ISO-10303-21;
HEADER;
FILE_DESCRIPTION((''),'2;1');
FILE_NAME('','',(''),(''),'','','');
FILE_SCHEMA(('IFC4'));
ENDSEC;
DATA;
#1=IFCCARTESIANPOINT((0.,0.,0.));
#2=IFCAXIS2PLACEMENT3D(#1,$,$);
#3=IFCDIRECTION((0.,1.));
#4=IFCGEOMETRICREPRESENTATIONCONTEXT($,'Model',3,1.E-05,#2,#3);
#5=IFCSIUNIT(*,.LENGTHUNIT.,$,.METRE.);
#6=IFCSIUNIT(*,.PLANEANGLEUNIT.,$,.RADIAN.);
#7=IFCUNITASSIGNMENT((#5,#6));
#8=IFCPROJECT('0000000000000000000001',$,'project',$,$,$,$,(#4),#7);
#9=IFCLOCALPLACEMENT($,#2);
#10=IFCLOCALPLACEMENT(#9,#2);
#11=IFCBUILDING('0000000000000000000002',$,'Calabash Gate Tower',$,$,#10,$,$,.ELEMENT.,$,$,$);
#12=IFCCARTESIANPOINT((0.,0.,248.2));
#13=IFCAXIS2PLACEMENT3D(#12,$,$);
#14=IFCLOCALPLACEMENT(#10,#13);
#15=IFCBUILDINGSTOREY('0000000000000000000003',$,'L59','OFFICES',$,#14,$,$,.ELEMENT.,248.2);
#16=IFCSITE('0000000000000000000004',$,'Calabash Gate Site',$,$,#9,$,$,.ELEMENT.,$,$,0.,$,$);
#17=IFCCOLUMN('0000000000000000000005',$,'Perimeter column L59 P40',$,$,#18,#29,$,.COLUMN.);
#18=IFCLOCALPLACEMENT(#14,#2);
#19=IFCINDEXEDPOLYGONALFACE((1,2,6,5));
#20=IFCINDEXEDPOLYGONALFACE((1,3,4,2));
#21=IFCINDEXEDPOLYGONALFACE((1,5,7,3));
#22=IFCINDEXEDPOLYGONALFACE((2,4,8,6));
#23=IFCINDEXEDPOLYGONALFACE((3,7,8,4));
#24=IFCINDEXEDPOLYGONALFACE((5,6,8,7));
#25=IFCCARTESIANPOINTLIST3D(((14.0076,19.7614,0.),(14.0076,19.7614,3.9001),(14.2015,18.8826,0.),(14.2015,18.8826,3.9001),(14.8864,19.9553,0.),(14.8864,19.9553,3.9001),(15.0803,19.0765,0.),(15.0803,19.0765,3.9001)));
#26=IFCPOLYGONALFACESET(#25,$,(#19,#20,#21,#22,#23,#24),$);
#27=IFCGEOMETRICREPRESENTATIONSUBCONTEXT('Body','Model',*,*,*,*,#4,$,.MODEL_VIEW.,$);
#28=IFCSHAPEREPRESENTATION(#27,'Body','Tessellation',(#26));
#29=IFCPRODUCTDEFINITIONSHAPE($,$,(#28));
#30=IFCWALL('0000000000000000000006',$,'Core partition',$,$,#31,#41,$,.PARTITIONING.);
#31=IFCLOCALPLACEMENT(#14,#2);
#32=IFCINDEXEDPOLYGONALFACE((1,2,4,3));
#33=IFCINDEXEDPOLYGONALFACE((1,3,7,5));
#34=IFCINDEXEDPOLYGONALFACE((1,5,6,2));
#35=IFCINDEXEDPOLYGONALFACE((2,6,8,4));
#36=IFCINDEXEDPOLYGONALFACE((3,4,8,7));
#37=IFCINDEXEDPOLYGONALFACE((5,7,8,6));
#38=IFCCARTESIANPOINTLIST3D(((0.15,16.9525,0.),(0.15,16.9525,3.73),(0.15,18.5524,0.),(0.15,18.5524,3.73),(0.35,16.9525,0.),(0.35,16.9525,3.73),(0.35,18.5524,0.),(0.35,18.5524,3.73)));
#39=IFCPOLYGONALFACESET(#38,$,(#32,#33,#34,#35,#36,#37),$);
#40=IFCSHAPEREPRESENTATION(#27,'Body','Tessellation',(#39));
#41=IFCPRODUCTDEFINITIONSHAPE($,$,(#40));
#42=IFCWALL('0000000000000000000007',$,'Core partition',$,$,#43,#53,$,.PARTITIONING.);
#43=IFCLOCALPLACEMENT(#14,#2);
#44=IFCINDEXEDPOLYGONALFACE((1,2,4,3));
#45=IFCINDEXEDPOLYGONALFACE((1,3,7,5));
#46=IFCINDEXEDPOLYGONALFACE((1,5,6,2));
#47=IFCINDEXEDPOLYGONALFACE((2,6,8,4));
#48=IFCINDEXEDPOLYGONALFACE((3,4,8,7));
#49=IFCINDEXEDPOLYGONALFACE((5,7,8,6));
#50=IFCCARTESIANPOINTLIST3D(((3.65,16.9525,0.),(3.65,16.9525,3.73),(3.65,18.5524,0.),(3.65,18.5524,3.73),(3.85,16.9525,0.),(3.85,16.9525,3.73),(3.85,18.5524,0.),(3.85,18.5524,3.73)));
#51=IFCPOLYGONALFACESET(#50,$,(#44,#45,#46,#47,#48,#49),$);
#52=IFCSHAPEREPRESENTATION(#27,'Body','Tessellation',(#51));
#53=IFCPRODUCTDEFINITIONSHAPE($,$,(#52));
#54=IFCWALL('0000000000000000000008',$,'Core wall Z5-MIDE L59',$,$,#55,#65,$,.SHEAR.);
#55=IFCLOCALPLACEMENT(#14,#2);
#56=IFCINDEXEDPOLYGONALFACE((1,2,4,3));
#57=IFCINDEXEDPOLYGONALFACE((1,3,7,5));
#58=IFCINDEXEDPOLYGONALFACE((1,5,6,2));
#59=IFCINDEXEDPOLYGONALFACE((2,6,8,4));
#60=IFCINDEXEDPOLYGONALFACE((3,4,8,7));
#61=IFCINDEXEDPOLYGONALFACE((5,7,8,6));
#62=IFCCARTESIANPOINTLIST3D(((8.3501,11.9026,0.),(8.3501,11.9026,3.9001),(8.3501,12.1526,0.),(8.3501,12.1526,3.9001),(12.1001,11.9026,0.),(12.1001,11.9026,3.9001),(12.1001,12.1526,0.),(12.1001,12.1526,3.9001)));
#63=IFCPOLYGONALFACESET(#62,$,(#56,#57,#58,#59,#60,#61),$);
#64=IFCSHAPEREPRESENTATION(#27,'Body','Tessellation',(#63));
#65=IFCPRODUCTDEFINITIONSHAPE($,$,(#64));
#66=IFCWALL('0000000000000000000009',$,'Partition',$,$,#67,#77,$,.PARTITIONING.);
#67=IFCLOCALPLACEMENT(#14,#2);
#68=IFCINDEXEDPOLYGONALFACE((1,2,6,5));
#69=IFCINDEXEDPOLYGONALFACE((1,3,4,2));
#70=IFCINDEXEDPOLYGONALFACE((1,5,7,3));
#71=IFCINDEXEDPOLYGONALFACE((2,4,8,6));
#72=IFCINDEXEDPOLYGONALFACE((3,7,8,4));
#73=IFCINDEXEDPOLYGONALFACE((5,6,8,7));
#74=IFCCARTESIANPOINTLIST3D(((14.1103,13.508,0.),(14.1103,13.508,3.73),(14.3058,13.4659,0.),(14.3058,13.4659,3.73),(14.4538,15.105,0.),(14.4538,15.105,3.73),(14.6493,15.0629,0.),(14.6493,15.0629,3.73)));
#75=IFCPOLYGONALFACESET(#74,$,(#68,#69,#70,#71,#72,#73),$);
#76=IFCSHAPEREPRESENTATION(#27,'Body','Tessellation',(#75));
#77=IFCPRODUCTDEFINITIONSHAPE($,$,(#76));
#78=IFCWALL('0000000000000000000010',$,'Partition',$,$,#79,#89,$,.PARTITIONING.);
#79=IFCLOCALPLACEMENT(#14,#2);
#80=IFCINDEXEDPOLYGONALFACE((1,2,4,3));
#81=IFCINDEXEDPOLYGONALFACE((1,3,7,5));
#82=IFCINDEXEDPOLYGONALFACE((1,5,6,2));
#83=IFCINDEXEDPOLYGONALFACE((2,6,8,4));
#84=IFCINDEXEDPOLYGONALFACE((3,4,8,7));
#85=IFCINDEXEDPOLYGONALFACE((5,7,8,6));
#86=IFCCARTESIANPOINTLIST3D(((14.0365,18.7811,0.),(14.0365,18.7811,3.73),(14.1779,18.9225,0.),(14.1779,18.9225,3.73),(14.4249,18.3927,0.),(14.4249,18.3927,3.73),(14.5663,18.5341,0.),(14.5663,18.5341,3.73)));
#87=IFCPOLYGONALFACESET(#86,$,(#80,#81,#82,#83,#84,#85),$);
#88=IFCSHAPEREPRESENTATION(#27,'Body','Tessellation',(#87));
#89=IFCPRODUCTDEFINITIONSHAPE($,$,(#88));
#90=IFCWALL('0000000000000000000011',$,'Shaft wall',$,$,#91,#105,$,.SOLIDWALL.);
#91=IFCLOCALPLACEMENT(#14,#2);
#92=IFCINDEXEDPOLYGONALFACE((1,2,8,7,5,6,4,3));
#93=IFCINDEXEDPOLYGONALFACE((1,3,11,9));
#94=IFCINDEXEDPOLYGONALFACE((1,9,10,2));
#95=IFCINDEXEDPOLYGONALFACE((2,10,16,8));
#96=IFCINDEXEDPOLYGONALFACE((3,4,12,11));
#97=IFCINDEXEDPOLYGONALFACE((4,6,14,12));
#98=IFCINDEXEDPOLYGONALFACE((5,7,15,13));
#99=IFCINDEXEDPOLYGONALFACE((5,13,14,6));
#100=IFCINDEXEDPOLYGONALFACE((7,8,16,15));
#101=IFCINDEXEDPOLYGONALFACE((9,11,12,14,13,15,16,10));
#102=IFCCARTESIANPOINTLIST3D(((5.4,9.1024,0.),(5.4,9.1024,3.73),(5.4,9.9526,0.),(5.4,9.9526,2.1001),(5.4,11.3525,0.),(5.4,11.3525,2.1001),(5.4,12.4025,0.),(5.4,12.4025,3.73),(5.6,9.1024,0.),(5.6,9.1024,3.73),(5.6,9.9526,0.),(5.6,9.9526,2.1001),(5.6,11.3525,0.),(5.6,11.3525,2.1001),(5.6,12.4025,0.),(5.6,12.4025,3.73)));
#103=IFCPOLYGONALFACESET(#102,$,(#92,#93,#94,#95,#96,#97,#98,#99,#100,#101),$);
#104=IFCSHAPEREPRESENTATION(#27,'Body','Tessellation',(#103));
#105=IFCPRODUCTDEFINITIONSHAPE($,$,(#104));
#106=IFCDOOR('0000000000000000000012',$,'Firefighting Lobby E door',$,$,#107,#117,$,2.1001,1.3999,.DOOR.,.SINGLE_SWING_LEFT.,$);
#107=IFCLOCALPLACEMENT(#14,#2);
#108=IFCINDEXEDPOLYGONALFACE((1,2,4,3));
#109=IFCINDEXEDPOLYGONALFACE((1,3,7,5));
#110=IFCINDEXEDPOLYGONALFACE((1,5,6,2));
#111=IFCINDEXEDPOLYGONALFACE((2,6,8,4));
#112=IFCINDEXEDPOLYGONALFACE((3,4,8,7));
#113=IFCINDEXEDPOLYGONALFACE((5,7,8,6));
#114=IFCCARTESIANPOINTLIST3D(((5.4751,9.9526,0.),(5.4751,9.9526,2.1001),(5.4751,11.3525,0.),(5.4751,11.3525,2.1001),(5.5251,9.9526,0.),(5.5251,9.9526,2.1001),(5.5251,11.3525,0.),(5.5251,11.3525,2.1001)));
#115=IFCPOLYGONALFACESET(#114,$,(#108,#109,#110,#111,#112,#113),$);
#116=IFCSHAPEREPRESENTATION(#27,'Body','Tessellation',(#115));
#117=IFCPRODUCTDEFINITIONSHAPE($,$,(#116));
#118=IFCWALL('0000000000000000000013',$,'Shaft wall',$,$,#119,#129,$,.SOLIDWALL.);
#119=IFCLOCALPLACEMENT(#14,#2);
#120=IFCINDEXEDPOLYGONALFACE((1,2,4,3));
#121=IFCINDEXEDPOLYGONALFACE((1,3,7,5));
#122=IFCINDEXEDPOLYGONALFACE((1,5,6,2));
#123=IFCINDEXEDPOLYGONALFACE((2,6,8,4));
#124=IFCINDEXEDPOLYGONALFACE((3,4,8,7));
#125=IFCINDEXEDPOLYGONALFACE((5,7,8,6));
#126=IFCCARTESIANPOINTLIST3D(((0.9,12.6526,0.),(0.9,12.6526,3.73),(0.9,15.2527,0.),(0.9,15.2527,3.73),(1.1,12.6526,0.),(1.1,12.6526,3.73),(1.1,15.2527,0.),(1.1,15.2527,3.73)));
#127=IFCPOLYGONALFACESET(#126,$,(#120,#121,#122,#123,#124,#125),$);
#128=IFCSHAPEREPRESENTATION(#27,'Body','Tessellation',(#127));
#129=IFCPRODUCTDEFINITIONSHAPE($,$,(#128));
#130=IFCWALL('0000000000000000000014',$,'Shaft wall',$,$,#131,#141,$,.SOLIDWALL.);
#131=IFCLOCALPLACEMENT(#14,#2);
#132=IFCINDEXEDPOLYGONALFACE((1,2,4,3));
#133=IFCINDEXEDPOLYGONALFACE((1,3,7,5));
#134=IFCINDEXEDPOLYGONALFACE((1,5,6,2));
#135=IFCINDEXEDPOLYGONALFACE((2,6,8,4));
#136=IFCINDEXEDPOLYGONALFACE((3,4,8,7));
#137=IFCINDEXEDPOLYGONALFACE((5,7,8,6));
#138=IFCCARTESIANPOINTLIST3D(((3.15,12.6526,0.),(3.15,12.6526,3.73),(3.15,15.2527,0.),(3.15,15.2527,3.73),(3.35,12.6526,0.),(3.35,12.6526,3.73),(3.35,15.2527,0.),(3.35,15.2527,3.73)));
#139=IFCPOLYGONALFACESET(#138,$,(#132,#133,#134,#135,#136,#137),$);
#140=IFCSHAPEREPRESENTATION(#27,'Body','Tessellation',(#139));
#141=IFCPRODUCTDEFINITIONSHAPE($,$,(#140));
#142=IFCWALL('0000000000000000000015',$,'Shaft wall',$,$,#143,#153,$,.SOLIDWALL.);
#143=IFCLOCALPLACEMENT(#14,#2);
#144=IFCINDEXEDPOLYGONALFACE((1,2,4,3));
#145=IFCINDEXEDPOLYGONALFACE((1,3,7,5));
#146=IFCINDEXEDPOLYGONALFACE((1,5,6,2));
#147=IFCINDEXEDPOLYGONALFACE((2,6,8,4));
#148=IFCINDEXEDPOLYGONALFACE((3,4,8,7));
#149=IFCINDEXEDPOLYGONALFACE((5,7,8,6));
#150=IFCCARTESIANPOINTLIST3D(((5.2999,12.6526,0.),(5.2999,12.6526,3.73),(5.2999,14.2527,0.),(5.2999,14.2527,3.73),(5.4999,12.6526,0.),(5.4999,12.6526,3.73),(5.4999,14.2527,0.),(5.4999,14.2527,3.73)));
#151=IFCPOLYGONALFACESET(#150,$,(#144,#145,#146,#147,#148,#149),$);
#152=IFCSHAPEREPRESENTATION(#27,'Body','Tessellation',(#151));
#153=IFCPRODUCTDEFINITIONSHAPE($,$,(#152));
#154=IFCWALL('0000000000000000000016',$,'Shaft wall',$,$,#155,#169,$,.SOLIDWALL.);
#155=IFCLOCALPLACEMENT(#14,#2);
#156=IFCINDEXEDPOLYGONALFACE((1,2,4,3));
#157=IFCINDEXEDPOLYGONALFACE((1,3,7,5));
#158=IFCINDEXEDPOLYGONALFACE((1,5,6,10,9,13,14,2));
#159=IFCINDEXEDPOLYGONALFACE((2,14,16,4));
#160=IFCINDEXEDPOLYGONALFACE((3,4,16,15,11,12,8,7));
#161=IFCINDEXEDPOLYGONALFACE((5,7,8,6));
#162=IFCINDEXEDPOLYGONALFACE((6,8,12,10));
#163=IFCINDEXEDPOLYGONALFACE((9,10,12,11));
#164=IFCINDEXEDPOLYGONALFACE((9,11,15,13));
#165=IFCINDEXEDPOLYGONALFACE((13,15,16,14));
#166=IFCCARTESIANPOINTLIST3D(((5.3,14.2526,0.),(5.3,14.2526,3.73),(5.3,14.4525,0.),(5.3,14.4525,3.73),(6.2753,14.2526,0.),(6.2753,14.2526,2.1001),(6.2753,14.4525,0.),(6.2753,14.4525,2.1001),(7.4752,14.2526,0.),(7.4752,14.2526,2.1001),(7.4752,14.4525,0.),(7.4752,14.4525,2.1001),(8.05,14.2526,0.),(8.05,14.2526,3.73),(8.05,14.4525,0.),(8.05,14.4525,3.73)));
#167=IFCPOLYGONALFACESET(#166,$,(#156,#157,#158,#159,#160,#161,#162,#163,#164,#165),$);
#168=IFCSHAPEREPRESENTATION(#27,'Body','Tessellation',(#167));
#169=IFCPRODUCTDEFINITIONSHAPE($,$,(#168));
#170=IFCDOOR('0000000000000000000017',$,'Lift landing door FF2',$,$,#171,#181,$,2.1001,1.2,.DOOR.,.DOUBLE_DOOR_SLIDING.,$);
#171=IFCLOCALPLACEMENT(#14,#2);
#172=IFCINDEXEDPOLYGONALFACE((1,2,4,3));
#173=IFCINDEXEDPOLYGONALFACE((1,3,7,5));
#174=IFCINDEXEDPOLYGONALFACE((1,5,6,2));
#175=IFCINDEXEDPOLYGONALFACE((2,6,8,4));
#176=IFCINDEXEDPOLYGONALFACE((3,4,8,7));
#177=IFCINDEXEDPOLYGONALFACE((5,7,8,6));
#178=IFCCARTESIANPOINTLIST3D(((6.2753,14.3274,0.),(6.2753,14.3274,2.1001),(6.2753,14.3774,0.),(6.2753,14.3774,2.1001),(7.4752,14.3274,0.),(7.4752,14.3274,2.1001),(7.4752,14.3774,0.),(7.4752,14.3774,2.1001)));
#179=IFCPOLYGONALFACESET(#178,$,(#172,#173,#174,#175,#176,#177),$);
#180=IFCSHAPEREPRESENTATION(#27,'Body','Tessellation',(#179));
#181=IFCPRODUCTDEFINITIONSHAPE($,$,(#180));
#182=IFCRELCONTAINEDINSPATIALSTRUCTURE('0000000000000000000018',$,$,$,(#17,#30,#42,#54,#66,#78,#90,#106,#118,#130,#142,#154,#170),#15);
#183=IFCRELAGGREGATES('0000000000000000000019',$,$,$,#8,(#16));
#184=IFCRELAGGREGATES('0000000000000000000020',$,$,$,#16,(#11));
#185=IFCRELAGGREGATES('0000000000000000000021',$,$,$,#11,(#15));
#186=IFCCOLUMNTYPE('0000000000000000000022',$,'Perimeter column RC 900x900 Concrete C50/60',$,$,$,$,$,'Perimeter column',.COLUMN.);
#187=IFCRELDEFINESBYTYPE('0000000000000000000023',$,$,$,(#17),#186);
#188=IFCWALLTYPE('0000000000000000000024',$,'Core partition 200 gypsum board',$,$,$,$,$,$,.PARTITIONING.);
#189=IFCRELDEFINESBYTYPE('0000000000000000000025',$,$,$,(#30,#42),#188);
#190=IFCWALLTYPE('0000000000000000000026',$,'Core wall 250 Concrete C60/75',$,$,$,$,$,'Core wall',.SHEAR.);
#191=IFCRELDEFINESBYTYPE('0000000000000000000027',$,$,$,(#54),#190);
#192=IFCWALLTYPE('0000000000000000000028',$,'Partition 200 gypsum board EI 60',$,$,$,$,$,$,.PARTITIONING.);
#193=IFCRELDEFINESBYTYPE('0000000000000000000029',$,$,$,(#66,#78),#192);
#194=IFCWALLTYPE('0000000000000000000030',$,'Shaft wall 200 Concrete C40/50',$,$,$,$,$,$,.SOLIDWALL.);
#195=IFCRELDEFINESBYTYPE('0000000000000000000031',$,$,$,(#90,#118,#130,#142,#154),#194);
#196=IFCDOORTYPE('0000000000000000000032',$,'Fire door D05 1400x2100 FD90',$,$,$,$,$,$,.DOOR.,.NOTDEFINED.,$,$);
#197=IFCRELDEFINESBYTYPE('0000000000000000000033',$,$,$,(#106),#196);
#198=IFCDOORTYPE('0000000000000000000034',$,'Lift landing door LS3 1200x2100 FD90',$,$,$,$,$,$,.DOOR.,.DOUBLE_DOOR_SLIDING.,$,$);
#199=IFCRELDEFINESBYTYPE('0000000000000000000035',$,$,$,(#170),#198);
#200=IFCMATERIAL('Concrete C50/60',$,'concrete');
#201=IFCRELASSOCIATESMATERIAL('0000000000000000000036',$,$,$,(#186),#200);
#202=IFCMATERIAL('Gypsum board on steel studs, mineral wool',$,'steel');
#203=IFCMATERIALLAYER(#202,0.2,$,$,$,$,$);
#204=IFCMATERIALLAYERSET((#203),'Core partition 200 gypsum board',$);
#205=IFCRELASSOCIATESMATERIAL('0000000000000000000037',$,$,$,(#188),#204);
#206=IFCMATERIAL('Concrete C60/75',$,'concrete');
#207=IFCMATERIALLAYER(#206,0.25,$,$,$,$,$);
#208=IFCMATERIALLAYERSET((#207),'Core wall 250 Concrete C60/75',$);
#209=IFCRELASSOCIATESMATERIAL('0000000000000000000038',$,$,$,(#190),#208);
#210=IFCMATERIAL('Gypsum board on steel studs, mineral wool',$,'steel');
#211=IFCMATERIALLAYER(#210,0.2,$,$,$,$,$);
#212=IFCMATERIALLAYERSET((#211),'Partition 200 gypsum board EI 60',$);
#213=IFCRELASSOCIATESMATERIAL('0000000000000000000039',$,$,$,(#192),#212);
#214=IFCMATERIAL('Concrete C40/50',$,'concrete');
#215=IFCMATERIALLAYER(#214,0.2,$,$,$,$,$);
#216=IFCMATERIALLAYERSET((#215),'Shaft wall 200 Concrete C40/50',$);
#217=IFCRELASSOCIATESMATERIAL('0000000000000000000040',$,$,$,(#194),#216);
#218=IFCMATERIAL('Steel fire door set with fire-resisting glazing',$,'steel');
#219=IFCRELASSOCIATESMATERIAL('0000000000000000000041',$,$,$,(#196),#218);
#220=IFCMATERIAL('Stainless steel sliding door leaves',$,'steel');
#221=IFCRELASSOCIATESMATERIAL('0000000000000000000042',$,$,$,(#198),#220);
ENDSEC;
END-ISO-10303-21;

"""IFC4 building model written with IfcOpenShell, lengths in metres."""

from ifc_helpers import new_model, si_unit, direction, frame, frame_2d, origin, origin_2d, place, context, subcontext, project, spatial, rectangle, extrude, material, layer, layer_set, material_profile, profile_set, type_object, element, fill, save


model = new_model("IFC4")

# Units and contexts
model_context = context("Model", 3, precision=1e-05, world=origin(), true_north=direction((0.0, 1.0)))
body_context = subcontext(model_context, "Body", "Model", "MODEL_VIEW")
ifc_project = project(units=[si_unit("LENGTHUNIT", "METRE"), si_unit("PLANEANGLEUNIT", "RADIAN")], contexts=[model_context])

# Site, building, storey
site_placement = place(None, origin())
site = spatial("IfcSite", under=ifc_project, at=site_placement, Name="Calabash Gate Site", CompositionType="ELEMENT", RefElevation=0.0)
building_placement = place(site_placement, origin())
building = spatial("IfcBuilding", under=site, at=building_placement, Name="Calabash Gate Tower", CompositionType="ELEMENT")
storey_placement = place(building_placement, frame((0.0, 0.0, 248.2)))
storey = spatial("IfcBuildingStorey", under=building, at=storey_placement, Name="L59", Description="OFFICES", CompositionType="ELEMENT", Elevation=248.2)

# Column
ifc_material_1 = material(Name="Concrete C50/60", Category="concrete")
ifc_material_profile = material_profile(ifc_material_1, rectangle(XDim=0.8999, YDim=0.8999, at=origin_2d()))
ifc_profile_set = profile_set([ifc_material_profile], Name="Concrete C50/60")
column_type = type_object("IfcColumnType", Name="Perimeter column RC 900x900 Concrete C50/60", ElementType="Perimeter column", PredefinedType="COLUMN", material=ifc_profile_set)
column_placement = place(storey_placement, frame((14.5439, 19.4189, 0.0), z_axis=(0.0, 0.0, 1.0), x_axis=(-0.976511, -0.215468, 0.0)))
element("IfcColumn", 1, at=column_placement, inside=storey, type_object=column_type, Name="Perimeter column L59 P40", PredefinedType="COLUMN", context=body_context, shape_type="SweptSolid", body=[
    extrude(rectangle(XDim=0.8999, YDim=0.8999, at=origin_2d()), origin(), (0.0, 0.0, 1.0), 3.9001),
])

# Walls
ifc_material_2 = material(Name="Gypsum board on steel studs, mineral wool", Category="steel")
ifc_layer_1 = layer(ifc_material_2, 0.2)
ifc_layer_set_1 = layer_set([ifc_layer_1], Name="Core partition 200 gypsum board")
wall_type_1 = type_object("IfcWallType", Name="Core partition 200 gypsum board", PredefinedType="PARTITIONING", material=ifc_layer_set_1)
for number, where, z_axis, x_axis, name in (
    (2, (0.25, 16.9526, 0.0), (0.0, 0.0, 1.0), (0.0, 1.0, 0.0), "Core partition"),
    (3, (3.75, 16.9526, 0.0), (0.0, 0.0, 1.0), (0.0, 1.0, 0.0), "Core partition"),
):
    element("IfcWall", number, at=place(storey_placement, frame(where, z_axis=z_axis, x_axis=x_axis)), inside=storey, type_object=wall_type_1, Name=name, PredefinedType="PARTITIONING", context=body_context, shape_type="SweptSolid", body=[
        extrude(rectangle(XDim=1.5999, YDim=0.2, at=frame_2d((0.7998, 0.0))), origin(), (0.0, 0.0, 1.0), 3.73),
    ])
ifc_material_3 = material(Name="Concrete C60/75", Category="concrete")
ifc_layer_2 = layer(ifc_material_3, 0.25)
ifc_layer_set_2 = layer_set([ifc_layer_2], Name="Core wall 250 Concrete C60/75")
wall_type_2 = type_object("IfcWallType", Name="Core wall 250 Concrete C60/75", ElementType="Core wall", PredefinedType="SHEAR", material=ifc_layer_set_2)
wall_1_placement = place(storey_placement, frame((8.3501, 12.0276, 0.0), z_axis=(0.0, 0.0, 1.0), x_axis=(1.0, 0.0, 0.0)))
element("IfcWall", 4, at=wall_1_placement, inside=storey, type_object=wall_type_2, Name="Core wall Z5-MIDE L59", PredefinedType="SHEAR", context=body_context, shape_type="SweptSolid", body=[
    extrude(rectangle(XDim=3.75, YDim=0.25, at=frame_2d((1.875, 0.0))), origin(), (0.0, 0.0, 1.0), 3.9001),
])
ifc_material_4 = material(Name="Gypsum board on steel studs, mineral wool", Category="steel")
ifc_layer_3 = layer(ifc_material_4, 0.2)
ifc_layer_set_3 = layer_set([ifc_layer_3], Name="Partition 200 gypsum board EI 60")
wall_type_3 = type_object("IfcWallType", Name="Partition 200 gypsum board EI 60", PredefinedType="PARTITIONING", material=ifc_layer_set_3)
wall_2_placement = place(storey_placement, frame((14.208, 13.4868, 0.0), z_axis=(0.0, 0.0, 1.0), x_axis=(0.210295, 0.977638, 0.0)))
element("IfcWall", 5, at=wall_2_placement, inside=storey, type_object=wall_type_3, Name="Partition", PredefinedType="PARTITIONING", context=body_context, shape_type="SweptSolid", body=[
    extrude(rectangle(XDim=1.6335, YDim=0.2, at=frame_2d((0.8169, 0.0))), origin(), (0.0, 0.0, 1.0), 3.73),
])
wall_3_placement = place(storey_placement, frame((14.1072, 18.8518, 0.0), z_axis=(0.0, 0.0, 1.0), x_axis=(0.707107, -0.707107, 0.0)))
element("IfcWall", 6, at=wall_3_placement, inside=storey, type_object=wall_type_3, Name="Partition", PredefinedType="PARTITIONING", context=body_context, shape_type="SweptSolid", body=[
    extrude(rectangle(XDim=0.5493, YDim=0.2, at=frame_2d((0.2747, 0.0))), origin(), (0.0, 0.0, 1.0), 3.73),
])

# Wall, opening, door
ifc_material_5 = material(Name="Concrete C40/50", Category="concrete")
ifc_layer_4 = layer(ifc_material_5, 0.2)
ifc_layer_set_4 = layer_set([ifc_layer_4], Name="Shaft wall 200 Concrete C40/50")
wall_type_4 = type_object("IfcWallType", Name="Shaft wall 200 Concrete C40/50", PredefinedType="SOLIDWALL", material=ifc_layer_set_4)
wall_4_placement = place(storey_placement, frame((5.5, 9.1025, 0.0), z_axis=(0.0, 0.0, 1.0), x_axis=(0.0, 1.0, 0.0)))
wall_4 = element("IfcWall", 7, at=wall_4_placement, inside=storey, type_object=wall_type_4, Name="Shaft wall", PredefinedType="SOLIDWALL", context=body_context, shape_type="SweptSolid", body=[
    extrude(rectangle(XDim=3.3, YDim=0.2, at=frame_2d((1.6499, 0.0))), origin(), (0.0, 0.0, 1.0), 3.73),
])
opening_1_placement = place(wall_4_placement, frame((0.8501, 0.0, 0.0)))
opening_1 = element("IfcOpeningElement", 8, at=opening_1_placement, cuts=wall_4, PredefinedType="OPENING", context=body_context, shape_type="SweptSolid", body=[
    extrude(rectangle(XDim=1.3999, YDim=2.1001, at=frame_2d((0.7, 1.05))), frame((0.0, 0.1099, 0.0), z_axis=(0.0, -1.0, 0.0), x_axis=(1.0, 0.0, 0.0)), (0.0, 0.0, 1.0), 0.22),
])
ifc_material_6 = material(Name="Steel fire door set with fire-resisting glazing", Category="steel")
door_type_1 = type_object("IfcDoorType", Name="Fire door D05 1400x2100 FD90", OperationType="NOTDEFINED", PredefinedType="DOOR", material=ifc_material_6)
door_1_placement = place(opening_1_placement, origin())
door_1 = element("IfcDoor", 9, at=door_1_placement, inside=storey, type_object=door_type_1, Name="Firefighting Lobby E door", OperationType="SINGLE_SWING_LEFT", OverallHeight=2.1001, OverallWidth=1.3999, PredefinedType="DOOR", context=body_context, shape_type="SweptSolid", body=[
    extrude(rectangle(XDim=1.3999, YDim=2.1001, at=frame_2d((0.7, 1.05))), frame((0.0, 0.0249, 0.0), z_axis=(0.0, -1.0, 0.0), x_axis=(1.0, 0.0, 0.0)), (0.0, 0.0, 1.0), 0.05),
])
fill(opening_1, door_1)

# Walls
for number, where, z_axis, x_axis, name in (
    (10, (1.0, 12.6526, 0.0), (0.0, 0.0, 1.0), (0.0, 1.0, 0.0), "Shaft wall"),
    (11, (3.25, 12.6526, 0.0), (0.0, 0.0, 1.0), (0.0, 1.0, 0.0), "Shaft wall"),
):
    element("IfcWall", number, at=place(storey_placement, frame(where, z_axis=z_axis, x_axis=x_axis)), inside=storey, type_object=wall_type_4, Name=name, PredefinedType="SOLIDWALL", context=body_context, shape_type="SweptSolid", body=[
        extrude(rectangle(XDim=2.6001, YDim=0.2, at=frame_2d((1.3, 0.0))), origin(), (0.0, 0.0, 1.0), 3.73),
    ])
wall_5_placement = place(storey_placement, frame((5.3999, 12.6526, 0.0), z_axis=(0.0, 0.0, 1.0), x_axis=(0.0, 1.0, 0.0)))
element("IfcWall", 12, at=wall_5_placement, inside=storey, type_object=wall_type_4, Name="Shaft wall", PredefinedType="SOLIDWALL", context=body_context, shape_type="SweptSolid", body=[
    extrude(rectangle(XDim=1.6001, YDim=0.2, at=frame_2d((0.8, 0.0))), origin(), (0.0, 0.0, 1.0), 3.73),
])

# Wall, opening, door
wall_6_placement = place(storey_placement, frame((5.3, 14.3525, 0.0), z_axis=(0.0, 0.0, 1.0), x_axis=(1.0, 0.0, 0.0)))
wall_6 = element("IfcWall", 13, at=wall_6_placement, inside=storey, type_object=wall_type_4, Name="Shaft wall", PredefinedType="SOLIDWALL", context=body_context, shape_type="SweptSolid", body=[
    extrude(rectangle(XDim=2.75, YDim=0.2, at=frame_2d((1.375, 0.0))), origin(), (0.0, 0.0, 1.0), 3.73),
])
opening_2_placement = place(wall_6_placement, frame((0.9751, 0.0, 0.0)))
opening_2 = element("IfcOpeningElement", 14, at=opening_2_placement, cuts=wall_6, PredefinedType="OPENING", context=body_context, shape_type="SweptSolid", body=[
    extrude(rectangle(XDim=1.2, YDim=2.1001, at=frame_2d((0.6001, 1.05))), frame((0.0, 0.1099, 0.0), z_axis=(0.0, -1.0, 0.0), x_axis=(1.0, 0.0, 0.0)), (0.0, 0.0, 1.0), 0.22),
])
ifc_material_7 = material(Name="Stainless steel sliding door leaves", Category="steel")
door_type_2 = type_object("IfcDoorType", Name="Lift landing door LS3 1200x2100 FD90", OperationType="DOUBLE_DOOR_SLIDING", PredefinedType="DOOR", material=ifc_material_7)
door_2_placement = place(opening_2_placement, origin())
door_2 = element("IfcDoor", 15, at=door_2_placement, inside=storey, type_object=door_type_2, Name="Lift landing door FF2", OperationType="DOUBLE_DOOR_SLIDING", OverallHeight=2.1001, OverallWidth=1.2, PredefinedType="DOOR", context=body_context, shape_type="SweptSolid", body=[
    extrude(rectangle(XDim=1.2, YDim=2.1001, at=frame_2d((0.6001, 1.05))), frame((0.0, 0.0249, 0.0), z_axis=(0.0, -1.0, 0.0), x_axis=(1.0, 0.0, 0.0)), (0.0, 0.0, 1.0), 0.05),
])
fill(opening_2, door_2)

save(model, "model.ifc")
